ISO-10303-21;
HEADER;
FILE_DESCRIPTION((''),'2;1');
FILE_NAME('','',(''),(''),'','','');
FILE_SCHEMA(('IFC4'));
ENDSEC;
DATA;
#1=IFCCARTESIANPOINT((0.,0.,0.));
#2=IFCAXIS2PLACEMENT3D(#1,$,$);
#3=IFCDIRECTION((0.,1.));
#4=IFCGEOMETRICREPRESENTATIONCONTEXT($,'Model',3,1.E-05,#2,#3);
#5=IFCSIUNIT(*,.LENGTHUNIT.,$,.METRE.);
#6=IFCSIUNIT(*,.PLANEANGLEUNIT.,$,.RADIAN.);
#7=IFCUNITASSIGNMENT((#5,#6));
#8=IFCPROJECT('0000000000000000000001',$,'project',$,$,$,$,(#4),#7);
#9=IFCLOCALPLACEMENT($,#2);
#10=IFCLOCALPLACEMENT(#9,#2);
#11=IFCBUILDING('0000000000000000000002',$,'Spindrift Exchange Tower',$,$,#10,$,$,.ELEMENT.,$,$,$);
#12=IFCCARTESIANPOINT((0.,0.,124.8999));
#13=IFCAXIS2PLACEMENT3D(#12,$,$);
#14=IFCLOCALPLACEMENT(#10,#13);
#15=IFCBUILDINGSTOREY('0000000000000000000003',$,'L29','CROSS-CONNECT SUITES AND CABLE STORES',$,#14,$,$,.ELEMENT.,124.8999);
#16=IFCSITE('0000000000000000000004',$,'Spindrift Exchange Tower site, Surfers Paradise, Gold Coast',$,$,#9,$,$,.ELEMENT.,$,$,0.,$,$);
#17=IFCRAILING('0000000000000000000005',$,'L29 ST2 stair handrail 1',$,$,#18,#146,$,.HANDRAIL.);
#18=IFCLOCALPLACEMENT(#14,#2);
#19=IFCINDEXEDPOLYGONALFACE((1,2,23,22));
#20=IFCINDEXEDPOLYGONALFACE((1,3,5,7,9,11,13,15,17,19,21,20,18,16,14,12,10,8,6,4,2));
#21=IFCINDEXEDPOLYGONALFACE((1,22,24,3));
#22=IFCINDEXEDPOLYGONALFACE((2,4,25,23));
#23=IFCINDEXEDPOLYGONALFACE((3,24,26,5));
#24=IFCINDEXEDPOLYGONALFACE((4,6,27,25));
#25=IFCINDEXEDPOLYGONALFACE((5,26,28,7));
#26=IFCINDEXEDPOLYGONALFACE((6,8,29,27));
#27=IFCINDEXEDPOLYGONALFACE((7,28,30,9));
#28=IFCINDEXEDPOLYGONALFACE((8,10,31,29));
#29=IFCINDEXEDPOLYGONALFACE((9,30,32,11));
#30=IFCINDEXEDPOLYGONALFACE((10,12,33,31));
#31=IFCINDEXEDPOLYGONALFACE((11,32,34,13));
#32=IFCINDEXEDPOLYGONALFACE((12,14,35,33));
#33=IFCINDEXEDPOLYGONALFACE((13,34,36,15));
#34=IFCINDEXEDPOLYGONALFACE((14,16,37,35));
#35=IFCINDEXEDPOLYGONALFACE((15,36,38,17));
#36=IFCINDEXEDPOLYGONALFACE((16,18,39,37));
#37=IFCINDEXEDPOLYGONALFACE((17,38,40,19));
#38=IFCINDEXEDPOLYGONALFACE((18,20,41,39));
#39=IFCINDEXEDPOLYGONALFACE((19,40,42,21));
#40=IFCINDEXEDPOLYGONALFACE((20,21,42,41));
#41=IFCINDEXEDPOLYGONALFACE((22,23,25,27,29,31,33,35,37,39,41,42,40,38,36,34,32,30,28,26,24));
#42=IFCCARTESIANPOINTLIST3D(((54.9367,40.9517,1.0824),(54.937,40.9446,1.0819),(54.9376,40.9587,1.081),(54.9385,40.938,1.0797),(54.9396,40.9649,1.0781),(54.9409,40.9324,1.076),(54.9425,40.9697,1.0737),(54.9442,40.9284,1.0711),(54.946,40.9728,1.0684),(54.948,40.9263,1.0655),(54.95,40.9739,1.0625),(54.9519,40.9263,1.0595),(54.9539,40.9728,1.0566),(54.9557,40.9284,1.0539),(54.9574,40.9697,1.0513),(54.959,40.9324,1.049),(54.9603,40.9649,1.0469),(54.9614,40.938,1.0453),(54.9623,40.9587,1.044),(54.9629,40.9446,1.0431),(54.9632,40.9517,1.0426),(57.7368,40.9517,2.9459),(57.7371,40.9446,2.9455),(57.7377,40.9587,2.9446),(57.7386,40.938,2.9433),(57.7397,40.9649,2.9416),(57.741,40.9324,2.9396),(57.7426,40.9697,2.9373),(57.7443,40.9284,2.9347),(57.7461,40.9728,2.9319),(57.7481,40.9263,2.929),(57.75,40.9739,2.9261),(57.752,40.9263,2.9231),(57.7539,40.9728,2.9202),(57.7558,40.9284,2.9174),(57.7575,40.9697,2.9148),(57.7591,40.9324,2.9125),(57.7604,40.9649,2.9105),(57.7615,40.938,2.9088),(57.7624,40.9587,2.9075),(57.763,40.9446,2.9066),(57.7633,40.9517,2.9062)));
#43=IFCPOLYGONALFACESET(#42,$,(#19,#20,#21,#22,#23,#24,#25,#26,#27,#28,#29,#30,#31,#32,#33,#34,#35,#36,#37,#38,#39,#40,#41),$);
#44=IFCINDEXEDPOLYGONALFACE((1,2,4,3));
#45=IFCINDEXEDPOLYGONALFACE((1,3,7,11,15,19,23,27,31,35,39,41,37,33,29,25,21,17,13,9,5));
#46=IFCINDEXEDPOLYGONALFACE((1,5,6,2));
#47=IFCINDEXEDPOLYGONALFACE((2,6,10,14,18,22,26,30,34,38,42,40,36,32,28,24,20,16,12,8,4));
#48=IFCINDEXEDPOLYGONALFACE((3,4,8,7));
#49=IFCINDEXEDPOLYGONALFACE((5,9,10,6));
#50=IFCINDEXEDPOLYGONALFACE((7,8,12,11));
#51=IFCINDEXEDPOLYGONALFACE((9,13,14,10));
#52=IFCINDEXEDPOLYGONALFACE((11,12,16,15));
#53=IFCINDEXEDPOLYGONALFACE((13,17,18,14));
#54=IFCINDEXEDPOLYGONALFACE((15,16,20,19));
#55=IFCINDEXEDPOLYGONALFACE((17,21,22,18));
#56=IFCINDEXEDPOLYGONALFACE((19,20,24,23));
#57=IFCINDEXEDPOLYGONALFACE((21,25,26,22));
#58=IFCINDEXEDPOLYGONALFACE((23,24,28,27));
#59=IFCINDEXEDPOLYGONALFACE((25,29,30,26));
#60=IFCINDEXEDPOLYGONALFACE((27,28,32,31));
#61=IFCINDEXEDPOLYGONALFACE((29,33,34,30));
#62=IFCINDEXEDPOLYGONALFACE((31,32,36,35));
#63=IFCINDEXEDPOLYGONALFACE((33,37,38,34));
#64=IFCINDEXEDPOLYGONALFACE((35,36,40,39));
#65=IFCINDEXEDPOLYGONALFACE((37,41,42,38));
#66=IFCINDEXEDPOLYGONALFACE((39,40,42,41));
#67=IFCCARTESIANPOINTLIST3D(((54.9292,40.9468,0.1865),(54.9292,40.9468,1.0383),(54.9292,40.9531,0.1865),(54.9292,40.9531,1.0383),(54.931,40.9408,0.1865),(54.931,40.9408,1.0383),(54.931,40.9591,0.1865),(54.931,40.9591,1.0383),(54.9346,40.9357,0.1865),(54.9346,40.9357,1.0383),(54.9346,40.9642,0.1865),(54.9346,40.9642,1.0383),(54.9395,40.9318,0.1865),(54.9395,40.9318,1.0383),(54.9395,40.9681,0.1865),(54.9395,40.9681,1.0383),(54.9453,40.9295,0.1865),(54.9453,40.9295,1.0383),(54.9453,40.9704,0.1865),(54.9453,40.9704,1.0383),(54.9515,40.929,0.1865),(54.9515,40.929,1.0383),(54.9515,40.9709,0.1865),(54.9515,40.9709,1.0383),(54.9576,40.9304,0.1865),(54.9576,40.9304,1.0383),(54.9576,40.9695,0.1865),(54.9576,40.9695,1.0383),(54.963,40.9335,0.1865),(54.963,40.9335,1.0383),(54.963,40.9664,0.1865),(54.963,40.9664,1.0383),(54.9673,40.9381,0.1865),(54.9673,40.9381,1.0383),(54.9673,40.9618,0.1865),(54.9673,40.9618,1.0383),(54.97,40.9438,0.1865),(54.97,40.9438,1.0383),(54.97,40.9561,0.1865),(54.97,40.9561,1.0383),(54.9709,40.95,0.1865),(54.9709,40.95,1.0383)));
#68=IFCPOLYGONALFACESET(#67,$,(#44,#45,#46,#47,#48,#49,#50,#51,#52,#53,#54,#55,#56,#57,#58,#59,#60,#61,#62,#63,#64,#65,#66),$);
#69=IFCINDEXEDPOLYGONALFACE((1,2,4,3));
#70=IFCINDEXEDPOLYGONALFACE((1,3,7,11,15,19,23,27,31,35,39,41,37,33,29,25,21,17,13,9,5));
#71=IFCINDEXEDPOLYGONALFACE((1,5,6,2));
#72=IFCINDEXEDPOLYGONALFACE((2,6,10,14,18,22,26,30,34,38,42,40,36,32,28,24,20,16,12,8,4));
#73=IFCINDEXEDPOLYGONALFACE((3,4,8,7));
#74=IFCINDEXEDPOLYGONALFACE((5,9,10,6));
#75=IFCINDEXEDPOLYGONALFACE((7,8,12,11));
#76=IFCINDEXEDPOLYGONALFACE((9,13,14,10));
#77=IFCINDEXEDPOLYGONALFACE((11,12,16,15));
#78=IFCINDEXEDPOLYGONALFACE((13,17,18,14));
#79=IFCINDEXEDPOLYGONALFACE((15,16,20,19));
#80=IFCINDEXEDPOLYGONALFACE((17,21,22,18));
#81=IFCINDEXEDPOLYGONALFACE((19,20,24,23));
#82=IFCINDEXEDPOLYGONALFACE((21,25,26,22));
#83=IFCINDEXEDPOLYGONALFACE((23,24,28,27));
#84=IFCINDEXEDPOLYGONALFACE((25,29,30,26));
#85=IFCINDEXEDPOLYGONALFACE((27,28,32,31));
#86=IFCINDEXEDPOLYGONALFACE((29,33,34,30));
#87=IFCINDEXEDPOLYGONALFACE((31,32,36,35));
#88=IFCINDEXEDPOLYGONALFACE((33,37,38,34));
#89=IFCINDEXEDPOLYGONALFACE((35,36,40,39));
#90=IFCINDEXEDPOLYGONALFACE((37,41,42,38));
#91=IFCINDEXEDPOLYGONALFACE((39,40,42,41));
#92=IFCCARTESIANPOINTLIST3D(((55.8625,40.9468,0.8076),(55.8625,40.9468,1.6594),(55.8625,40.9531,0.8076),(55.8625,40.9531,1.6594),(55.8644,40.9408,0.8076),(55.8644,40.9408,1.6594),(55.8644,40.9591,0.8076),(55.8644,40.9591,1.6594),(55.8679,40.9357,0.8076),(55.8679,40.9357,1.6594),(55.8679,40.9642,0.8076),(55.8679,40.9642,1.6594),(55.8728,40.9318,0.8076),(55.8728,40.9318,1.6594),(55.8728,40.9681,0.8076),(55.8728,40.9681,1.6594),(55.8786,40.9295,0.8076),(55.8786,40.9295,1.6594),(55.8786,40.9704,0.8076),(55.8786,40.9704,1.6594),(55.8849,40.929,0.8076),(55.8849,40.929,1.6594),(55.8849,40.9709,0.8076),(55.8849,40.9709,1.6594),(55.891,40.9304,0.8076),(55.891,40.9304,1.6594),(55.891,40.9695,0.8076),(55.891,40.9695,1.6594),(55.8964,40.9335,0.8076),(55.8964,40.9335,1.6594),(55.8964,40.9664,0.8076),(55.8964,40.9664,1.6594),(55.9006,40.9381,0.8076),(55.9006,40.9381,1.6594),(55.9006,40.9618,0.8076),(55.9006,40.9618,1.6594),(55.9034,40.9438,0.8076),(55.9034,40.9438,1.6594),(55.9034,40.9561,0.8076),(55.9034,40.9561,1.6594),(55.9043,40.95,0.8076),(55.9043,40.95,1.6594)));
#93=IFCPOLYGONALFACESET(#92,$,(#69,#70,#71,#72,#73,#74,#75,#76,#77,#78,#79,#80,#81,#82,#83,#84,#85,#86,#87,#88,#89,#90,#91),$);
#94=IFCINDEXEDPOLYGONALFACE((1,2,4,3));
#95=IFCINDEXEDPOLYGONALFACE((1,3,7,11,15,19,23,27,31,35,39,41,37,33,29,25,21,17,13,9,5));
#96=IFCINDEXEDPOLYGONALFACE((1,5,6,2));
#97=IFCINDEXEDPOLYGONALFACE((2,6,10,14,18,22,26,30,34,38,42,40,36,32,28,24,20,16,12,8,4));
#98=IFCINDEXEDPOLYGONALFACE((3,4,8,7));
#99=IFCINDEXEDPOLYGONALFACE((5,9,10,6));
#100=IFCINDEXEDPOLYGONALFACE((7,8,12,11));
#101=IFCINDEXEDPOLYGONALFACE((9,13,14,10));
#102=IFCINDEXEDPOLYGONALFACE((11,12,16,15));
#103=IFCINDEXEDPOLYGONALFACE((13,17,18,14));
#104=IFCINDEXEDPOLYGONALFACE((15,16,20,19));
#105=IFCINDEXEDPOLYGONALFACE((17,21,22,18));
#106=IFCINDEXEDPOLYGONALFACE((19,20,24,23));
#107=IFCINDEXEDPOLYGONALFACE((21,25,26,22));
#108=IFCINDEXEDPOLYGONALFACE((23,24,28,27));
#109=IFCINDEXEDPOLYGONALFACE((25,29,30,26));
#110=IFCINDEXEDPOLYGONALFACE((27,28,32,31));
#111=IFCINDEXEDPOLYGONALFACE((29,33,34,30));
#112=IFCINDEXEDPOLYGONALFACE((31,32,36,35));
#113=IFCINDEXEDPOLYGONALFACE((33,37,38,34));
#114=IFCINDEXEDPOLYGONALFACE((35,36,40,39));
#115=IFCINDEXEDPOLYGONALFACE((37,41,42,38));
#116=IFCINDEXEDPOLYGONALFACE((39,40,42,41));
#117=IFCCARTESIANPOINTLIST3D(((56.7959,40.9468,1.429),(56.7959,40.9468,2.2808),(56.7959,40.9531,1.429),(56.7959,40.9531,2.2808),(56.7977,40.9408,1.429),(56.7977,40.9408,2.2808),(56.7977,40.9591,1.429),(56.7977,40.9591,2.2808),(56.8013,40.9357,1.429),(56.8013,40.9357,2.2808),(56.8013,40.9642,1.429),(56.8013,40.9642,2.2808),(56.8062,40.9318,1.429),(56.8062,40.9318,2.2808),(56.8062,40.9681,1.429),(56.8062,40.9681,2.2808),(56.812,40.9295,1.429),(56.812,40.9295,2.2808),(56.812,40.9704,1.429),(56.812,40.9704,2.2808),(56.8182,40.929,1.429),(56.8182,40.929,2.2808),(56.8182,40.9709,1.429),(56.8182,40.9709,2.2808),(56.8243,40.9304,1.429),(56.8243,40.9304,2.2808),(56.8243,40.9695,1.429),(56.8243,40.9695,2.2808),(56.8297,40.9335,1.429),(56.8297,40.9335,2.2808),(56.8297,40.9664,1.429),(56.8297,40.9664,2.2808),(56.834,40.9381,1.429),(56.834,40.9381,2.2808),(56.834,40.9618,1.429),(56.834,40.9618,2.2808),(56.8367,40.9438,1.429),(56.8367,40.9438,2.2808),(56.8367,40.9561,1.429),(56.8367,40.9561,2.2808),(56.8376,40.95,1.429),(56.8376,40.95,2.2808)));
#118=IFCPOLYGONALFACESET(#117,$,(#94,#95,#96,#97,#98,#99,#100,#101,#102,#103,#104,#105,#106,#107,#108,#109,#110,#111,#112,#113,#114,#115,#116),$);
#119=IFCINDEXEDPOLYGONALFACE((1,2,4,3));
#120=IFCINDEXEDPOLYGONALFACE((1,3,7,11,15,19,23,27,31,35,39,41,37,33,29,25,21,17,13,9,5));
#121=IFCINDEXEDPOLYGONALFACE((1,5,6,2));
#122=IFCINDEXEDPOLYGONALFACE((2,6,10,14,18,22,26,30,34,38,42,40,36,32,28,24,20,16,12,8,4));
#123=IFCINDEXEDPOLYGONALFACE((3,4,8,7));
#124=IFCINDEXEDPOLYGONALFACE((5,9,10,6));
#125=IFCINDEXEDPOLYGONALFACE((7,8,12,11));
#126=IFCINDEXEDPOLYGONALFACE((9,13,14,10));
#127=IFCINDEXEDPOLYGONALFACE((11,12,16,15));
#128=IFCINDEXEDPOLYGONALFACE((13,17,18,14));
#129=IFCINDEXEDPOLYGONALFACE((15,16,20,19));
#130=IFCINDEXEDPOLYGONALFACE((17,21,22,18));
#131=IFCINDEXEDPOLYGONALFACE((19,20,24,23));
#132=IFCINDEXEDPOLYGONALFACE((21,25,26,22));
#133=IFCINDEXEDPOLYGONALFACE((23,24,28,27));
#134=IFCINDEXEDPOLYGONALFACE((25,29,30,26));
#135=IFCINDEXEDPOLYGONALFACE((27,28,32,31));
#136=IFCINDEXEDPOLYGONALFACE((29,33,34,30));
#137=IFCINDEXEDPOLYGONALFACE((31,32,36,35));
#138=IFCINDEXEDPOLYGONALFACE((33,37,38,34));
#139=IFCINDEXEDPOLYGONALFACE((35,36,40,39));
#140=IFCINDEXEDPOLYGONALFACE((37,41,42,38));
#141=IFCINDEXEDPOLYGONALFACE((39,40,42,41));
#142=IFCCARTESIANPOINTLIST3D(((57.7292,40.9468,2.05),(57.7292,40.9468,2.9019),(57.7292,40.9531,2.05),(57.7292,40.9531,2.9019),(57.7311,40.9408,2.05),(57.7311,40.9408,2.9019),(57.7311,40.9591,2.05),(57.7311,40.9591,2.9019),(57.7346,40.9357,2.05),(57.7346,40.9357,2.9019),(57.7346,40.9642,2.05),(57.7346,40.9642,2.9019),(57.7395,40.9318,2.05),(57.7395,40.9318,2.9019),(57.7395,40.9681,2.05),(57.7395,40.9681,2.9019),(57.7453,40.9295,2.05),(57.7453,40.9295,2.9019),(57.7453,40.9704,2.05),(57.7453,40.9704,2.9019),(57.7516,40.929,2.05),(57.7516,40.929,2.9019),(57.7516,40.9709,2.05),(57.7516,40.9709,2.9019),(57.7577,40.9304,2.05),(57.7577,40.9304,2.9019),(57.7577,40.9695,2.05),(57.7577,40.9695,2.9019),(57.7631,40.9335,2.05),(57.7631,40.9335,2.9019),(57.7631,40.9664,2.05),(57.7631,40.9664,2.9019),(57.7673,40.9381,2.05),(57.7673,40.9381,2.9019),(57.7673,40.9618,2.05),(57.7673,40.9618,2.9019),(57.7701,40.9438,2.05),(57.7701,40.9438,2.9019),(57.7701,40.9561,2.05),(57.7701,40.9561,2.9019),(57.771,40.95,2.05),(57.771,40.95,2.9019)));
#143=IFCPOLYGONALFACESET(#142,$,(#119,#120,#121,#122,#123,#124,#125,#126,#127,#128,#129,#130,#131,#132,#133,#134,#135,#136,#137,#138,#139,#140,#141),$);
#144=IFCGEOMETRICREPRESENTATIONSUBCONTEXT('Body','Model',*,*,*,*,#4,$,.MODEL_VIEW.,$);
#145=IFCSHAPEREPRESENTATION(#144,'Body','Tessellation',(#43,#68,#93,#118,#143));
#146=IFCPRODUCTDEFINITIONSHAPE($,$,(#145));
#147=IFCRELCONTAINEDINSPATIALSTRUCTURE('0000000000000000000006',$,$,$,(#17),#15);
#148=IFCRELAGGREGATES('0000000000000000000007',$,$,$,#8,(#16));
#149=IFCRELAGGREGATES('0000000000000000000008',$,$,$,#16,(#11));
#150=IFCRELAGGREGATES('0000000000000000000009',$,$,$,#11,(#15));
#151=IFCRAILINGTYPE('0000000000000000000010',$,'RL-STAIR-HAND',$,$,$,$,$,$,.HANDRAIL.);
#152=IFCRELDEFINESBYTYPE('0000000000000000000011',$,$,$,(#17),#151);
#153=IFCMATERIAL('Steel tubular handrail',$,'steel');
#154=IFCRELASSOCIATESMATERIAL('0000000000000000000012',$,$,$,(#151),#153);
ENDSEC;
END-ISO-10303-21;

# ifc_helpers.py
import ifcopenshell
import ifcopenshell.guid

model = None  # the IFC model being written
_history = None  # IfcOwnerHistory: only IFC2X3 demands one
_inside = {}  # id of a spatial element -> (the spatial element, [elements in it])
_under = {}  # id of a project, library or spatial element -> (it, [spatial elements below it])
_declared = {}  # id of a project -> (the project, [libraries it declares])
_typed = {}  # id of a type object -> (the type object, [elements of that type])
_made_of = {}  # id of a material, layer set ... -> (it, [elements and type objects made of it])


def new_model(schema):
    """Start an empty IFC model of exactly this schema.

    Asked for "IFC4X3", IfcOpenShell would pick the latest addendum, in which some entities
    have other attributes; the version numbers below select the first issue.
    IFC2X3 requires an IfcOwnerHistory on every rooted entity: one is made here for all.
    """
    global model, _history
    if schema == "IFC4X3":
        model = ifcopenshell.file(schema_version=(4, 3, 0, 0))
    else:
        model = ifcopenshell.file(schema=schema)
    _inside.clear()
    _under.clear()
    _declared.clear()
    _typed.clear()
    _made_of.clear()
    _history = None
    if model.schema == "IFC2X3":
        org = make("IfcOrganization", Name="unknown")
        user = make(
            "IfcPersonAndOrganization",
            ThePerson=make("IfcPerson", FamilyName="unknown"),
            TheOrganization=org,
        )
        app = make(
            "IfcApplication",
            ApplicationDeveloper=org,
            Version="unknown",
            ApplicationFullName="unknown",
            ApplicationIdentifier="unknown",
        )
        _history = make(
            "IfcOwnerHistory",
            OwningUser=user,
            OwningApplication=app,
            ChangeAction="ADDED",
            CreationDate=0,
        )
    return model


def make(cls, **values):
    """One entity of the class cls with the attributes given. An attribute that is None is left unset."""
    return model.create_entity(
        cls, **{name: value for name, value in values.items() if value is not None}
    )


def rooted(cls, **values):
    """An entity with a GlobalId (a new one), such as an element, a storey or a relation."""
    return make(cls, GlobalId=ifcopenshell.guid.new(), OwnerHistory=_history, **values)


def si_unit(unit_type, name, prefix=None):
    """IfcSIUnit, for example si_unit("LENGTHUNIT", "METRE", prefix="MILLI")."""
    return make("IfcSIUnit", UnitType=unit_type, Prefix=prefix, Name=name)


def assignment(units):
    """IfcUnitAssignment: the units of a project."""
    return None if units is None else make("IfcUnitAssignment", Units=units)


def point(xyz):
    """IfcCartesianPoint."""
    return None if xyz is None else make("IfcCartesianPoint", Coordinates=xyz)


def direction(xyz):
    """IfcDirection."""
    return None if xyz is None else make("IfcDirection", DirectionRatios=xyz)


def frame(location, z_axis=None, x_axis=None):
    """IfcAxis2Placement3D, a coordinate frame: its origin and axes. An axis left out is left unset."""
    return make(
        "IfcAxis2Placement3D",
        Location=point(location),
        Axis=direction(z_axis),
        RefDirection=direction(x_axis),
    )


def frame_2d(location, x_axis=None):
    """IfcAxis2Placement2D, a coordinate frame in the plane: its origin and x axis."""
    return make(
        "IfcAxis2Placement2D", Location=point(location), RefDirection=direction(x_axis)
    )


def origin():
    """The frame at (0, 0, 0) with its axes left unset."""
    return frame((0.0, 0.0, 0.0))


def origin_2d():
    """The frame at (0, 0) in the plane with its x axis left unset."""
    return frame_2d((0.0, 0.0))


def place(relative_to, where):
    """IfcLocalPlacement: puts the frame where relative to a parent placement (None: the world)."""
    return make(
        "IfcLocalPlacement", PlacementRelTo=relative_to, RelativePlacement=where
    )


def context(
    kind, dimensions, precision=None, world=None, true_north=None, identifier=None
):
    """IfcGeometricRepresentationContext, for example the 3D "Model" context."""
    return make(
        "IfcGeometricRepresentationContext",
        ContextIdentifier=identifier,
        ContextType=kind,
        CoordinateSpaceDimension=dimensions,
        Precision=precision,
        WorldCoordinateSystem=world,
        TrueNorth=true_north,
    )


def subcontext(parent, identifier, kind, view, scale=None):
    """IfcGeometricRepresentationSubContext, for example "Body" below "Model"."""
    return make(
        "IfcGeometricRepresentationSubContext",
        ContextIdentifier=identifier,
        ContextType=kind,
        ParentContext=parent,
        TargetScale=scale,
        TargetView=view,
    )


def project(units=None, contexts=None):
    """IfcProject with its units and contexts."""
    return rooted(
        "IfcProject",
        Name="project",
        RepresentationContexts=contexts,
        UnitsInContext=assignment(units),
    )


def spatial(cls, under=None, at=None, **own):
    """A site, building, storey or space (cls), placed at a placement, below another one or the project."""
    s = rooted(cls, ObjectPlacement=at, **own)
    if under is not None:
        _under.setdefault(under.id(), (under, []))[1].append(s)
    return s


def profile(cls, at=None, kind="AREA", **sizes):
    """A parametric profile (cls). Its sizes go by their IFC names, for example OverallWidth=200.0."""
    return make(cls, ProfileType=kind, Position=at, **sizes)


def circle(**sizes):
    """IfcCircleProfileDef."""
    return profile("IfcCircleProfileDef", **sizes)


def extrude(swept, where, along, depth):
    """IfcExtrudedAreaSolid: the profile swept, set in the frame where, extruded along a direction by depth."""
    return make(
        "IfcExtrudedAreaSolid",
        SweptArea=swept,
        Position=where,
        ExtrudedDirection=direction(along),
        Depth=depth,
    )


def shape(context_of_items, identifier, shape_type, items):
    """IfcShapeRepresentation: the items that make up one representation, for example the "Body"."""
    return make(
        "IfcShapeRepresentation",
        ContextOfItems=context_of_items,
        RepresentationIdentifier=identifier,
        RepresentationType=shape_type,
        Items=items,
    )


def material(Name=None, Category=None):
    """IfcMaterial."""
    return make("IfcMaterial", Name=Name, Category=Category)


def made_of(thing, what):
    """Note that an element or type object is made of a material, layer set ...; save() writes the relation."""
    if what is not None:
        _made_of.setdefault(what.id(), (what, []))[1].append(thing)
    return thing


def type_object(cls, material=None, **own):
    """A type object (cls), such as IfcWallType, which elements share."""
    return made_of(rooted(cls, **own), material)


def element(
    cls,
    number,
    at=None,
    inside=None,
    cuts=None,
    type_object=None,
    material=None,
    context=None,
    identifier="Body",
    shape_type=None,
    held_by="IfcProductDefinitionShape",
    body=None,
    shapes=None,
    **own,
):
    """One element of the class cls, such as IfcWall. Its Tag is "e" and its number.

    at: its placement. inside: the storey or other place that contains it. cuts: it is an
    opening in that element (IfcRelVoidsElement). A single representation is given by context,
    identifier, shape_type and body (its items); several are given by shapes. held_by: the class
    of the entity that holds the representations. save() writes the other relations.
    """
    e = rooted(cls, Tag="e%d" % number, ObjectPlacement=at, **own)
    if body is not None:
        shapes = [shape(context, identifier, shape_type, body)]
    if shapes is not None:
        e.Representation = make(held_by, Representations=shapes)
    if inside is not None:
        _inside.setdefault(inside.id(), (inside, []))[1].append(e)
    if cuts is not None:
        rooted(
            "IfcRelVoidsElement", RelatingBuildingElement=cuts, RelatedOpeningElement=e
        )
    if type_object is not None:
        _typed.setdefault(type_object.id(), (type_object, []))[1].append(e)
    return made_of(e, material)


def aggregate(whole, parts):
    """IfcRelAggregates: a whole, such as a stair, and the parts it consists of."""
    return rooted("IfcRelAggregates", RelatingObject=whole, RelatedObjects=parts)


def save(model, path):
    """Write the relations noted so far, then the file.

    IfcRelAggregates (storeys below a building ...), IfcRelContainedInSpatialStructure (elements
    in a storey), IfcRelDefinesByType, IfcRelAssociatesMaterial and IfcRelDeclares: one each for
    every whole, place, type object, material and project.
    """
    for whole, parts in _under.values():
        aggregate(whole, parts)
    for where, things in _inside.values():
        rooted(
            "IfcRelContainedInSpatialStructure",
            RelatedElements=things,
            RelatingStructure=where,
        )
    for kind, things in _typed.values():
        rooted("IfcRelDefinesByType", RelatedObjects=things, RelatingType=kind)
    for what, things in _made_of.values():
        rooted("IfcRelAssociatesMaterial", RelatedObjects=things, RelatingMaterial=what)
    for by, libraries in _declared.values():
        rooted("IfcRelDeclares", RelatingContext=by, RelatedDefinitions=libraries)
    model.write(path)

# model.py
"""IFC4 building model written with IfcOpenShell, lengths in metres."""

from ifc_helpers import new_model, si_unit, direction, frame, origin, origin_2d, place, context, subcontext, project, spatial, circle, extrude, material, type_object, element, save


model = new_model("IFC4")

# Units and contexts
model_context = context("Model", 3, precision=1e-05, world=origin(), true_north=direction((0.0, 1.0)))
body_context = subcontext(model_context, "Body", "Model", "MODEL_VIEW")
ifc_project = project(units=[si_unit("LENGTHUNIT", "METRE"), si_unit("PLANEANGLEUNIT", "RADIAN")], contexts=[model_context])

# Site, building, storey
site_placement = place(None, origin())
site = spatial("IfcSite", under=ifc_project, at=site_placement, Name="Spindrift Exchange Tower site, Surfers Paradise, Gold Coast", CompositionType="ELEMENT", RefElevation=0.0)
building_placement = place(site_placement, origin())
building = spatial("IfcBuilding", under=site, at=building_placement, Name="Spindrift Exchange Tower", CompositionType="ELEMENT")
storey_placement = place(building_placement, frame((0.0, 0.0, 124.8999)))
storey = spatial("IfcBuildingStorey", under=building, at=storey_placement, Name="L29", Description="CROSS-CONNECT SUITES AND CABLE STORES", CompositionType="ELEMENT", Elevation=124.8999)

# Railing
ifc_material_1 = material(Name="Steel tubular handrail", Category="steel")
railing_type_1 = type_object("IfcRailingType", Name="RL-STAIR-HAND", PredefinedType="HANDRAIL", material=ifc_material_1)
railing_1_placement = place(storey_placement, frame((54.95, 40.95, 0.1865)))
element("IfcRailing", 1, at=railing_1_placement, inside=storey, type_object=railing_type_1, Name="L29 ST2 stair handrail 1", PredefinedType="HANDRAIL", context=body_context, shape_type="SweptSolid", body=[
    extrude(circle(Radius=0.0239, at=origin_2d()), frame((0.0, 0.0, 0.876), z_axis=(0.832486, 0.0, 0.554047), x_axis=(0.0, 1.0, 0.0)), (0.0, 0.0, 1.0), 3.3635),
    extrude(circle(Radius=0.021, at=origin_2d()), origin(), (0.0, 0.0, 1.0), 0.8518),
    extrude(circle(Radius=0.021, at=origin_2d()), frame((0.9333, 0.0, 0.6211)), (0.0, 0.0, 1.0), 0.8518),
    extrude(circle(Radius=0.021, at=origin_2d()), frame((1.8667, 0.0, 1.2424)), (0.0, 0.0, 1.0), 0.8518),
    extrude(circle(Radius=0.021, at=origin_2d()), frame((2.8, 0.0, 1.8635)), (0.0, 0.0, 1.0), 0.8518),
])

save(model, "model.ifc")
